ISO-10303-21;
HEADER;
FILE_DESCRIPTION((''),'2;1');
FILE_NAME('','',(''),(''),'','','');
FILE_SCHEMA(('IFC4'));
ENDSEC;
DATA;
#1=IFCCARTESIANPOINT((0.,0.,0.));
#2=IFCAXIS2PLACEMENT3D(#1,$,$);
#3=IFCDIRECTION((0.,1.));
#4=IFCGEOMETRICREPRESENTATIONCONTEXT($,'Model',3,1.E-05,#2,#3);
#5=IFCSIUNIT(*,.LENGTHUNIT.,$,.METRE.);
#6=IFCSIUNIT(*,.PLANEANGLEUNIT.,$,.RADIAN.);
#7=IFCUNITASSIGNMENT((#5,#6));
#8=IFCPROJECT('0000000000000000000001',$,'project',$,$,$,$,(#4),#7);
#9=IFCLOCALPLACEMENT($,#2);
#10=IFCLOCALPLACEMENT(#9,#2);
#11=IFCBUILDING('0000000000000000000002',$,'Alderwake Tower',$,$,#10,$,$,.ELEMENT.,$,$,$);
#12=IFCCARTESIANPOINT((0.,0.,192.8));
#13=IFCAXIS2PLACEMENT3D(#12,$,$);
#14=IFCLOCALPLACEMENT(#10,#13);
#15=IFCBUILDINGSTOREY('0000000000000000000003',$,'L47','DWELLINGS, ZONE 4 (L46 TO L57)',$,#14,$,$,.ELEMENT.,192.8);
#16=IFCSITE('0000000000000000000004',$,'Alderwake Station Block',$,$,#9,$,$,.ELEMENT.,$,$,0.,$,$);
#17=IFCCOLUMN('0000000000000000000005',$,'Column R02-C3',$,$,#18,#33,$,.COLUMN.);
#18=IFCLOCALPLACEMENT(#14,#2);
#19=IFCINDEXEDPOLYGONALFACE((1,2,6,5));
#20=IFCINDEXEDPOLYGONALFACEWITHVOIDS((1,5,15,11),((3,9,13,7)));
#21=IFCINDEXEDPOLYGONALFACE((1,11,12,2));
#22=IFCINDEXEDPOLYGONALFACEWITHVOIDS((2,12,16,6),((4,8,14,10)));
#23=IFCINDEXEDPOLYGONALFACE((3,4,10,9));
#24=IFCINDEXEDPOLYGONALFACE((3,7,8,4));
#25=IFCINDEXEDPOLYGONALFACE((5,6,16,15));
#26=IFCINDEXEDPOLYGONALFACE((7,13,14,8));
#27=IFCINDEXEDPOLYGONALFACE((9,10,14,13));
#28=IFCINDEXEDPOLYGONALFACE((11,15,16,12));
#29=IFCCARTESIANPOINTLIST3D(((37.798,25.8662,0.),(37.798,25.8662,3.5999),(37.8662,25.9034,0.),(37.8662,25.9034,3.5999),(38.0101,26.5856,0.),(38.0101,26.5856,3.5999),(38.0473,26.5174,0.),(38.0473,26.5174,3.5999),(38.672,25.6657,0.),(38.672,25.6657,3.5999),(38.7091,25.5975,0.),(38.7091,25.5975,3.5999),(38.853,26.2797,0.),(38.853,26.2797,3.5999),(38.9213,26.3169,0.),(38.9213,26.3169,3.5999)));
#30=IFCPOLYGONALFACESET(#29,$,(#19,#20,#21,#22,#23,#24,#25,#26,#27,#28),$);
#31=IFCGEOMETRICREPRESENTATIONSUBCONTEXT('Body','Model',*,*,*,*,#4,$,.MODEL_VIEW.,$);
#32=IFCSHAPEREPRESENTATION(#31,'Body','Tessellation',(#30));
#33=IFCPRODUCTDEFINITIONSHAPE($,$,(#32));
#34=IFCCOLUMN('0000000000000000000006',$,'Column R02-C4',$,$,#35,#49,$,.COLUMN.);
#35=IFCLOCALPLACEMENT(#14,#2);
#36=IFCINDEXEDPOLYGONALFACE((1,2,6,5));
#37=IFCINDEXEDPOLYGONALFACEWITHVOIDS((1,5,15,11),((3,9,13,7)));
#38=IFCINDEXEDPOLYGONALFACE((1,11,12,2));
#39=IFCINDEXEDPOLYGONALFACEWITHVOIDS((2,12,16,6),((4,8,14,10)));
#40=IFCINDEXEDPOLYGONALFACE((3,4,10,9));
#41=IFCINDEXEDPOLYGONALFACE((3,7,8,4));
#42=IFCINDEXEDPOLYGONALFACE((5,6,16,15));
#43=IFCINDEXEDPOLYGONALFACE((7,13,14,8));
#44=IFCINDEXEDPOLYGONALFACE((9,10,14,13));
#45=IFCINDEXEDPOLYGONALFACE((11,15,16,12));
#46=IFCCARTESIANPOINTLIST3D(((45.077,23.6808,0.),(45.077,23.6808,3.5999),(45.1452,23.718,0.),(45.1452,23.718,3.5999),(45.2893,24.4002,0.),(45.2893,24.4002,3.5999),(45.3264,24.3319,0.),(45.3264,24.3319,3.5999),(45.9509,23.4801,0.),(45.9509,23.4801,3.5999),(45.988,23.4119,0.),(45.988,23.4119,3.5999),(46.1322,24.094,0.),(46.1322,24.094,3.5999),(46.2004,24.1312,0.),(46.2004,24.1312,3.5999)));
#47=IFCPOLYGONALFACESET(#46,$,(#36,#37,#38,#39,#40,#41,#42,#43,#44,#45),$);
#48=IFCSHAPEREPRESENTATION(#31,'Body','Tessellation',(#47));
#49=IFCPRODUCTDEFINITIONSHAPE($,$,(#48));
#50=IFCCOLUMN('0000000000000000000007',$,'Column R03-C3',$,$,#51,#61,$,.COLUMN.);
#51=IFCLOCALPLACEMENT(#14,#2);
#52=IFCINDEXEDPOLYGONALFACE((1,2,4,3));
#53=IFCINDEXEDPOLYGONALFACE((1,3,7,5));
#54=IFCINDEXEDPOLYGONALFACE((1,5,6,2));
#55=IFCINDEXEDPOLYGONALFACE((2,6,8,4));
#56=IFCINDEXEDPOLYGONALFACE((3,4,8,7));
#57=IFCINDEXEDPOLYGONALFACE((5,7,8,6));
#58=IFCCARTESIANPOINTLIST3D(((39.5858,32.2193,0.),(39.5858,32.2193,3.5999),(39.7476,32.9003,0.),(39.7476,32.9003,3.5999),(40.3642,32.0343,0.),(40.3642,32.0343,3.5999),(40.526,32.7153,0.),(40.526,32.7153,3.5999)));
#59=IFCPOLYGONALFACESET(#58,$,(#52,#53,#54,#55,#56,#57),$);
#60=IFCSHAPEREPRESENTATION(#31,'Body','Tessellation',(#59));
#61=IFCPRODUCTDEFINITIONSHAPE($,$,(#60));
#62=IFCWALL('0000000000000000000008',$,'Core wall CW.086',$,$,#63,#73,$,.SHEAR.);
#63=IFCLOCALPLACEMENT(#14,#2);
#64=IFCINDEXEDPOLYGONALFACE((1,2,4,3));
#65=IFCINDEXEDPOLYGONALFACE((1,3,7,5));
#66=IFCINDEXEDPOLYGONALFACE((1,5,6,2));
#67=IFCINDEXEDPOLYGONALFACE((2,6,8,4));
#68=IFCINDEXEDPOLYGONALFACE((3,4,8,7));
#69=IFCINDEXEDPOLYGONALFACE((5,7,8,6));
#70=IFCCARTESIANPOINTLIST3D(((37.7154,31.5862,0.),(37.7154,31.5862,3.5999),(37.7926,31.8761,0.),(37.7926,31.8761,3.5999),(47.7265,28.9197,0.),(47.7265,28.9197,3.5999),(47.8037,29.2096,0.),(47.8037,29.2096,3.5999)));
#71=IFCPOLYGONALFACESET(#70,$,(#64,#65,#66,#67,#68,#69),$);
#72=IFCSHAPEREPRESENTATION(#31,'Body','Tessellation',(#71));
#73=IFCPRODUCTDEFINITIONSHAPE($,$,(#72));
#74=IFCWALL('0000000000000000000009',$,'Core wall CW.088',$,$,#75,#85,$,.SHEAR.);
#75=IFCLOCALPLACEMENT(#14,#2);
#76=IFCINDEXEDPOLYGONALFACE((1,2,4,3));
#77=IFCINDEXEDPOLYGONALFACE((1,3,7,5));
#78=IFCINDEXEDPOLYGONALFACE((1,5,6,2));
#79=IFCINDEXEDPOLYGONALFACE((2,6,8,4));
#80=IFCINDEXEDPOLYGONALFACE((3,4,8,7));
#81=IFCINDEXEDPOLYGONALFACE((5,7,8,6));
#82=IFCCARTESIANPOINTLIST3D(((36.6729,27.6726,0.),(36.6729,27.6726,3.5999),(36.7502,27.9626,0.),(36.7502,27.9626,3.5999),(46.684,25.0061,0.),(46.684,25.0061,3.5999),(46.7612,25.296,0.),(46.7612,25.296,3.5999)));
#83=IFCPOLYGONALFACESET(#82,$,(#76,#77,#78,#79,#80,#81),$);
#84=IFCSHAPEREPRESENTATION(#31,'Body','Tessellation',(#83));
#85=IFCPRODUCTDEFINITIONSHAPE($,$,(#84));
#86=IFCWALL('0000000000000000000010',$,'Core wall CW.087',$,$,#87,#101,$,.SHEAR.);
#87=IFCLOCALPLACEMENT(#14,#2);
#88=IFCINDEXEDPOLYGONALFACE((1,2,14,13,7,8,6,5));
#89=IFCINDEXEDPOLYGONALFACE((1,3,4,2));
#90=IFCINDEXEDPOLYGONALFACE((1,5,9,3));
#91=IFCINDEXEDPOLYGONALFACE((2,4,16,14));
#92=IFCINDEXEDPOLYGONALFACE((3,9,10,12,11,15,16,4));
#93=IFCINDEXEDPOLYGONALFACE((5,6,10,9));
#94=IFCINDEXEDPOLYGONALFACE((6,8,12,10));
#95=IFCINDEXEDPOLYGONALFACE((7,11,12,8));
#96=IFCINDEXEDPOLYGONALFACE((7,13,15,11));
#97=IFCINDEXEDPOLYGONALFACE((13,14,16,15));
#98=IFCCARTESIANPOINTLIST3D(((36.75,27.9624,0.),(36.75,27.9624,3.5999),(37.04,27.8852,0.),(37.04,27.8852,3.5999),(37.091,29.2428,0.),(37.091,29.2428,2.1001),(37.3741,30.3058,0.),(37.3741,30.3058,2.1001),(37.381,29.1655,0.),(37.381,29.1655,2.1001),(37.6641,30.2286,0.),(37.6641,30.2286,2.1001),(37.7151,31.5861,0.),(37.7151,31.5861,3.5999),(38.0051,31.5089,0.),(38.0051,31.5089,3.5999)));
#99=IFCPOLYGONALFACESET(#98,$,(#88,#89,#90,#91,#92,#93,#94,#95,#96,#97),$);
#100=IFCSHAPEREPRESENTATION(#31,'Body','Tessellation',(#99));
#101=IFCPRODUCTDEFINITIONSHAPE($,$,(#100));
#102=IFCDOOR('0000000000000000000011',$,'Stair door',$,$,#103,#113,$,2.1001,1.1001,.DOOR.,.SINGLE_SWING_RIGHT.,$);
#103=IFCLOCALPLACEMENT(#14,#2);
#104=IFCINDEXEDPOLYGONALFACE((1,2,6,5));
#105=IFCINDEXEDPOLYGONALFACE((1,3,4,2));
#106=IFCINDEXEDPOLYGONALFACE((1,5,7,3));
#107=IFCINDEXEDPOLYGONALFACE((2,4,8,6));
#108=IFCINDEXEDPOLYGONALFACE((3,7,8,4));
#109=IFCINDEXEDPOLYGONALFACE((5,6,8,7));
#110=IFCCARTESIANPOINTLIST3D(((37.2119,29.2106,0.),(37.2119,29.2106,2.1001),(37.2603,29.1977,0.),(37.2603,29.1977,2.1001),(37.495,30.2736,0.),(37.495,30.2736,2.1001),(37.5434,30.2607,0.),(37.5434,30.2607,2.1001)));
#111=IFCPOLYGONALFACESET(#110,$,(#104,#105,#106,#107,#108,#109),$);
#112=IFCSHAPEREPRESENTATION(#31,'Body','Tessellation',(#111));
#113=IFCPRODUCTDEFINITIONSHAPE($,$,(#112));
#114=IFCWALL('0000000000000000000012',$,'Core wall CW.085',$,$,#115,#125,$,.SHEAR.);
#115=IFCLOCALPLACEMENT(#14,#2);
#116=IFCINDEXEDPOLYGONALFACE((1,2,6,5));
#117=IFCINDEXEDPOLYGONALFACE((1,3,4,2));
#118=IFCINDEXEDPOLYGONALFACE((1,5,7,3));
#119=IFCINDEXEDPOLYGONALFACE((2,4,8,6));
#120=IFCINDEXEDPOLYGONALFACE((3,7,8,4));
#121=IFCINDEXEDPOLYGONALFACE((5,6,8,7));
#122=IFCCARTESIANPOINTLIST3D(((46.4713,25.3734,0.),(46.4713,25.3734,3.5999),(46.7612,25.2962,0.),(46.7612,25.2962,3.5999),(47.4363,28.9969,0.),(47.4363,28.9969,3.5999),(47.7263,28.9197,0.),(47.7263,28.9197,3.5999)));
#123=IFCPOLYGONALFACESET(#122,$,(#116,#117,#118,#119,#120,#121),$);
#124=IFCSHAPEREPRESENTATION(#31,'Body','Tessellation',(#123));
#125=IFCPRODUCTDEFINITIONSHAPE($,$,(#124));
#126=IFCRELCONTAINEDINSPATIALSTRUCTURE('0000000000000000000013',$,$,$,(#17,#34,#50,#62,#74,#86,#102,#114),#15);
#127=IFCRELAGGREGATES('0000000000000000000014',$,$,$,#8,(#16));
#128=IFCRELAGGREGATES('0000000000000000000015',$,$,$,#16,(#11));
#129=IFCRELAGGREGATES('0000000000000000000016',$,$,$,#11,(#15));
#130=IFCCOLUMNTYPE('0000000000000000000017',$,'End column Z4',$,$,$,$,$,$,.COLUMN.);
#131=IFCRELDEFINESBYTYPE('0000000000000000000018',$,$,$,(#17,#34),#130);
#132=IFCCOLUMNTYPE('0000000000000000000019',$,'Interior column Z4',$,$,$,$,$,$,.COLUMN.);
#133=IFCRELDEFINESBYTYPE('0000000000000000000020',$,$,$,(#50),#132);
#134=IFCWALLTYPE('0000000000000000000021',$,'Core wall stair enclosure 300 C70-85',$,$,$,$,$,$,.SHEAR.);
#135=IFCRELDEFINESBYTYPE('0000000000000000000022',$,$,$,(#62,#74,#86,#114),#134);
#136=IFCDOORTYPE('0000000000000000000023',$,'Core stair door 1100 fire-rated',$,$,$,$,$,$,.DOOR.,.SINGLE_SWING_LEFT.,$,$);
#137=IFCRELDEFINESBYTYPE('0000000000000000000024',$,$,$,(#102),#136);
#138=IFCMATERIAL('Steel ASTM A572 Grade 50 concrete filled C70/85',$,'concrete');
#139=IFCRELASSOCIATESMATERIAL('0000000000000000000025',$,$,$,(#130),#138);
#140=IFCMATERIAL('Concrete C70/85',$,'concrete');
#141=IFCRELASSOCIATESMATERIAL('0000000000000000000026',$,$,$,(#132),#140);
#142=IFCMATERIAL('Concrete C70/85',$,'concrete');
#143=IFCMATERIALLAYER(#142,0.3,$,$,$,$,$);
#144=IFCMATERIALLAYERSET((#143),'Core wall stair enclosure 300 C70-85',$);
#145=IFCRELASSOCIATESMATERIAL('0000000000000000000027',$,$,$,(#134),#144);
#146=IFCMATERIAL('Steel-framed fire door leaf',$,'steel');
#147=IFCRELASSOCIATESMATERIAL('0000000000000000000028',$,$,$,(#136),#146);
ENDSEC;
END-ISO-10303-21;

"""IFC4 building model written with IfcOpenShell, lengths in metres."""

from ifc_helpers import new_model, si_unit, direction, frame, frame_2d, origin, origin_2d, place, context, subcontext, project, spatial, rectangle, hollow_rectangle, extrude, material, layer, layer_set, material_profile, profile_set, type_object, element, fill, save


model = new_model("IFC4")

# Units and contexts
model_context = context("Model", 3, precision=1e-05, world=origin(), true_north=direction((0.0, 1.0)))
body_context = subcontext(model_context, "Body", "Model", "MODEL_VIEW")
ifc_project = project(units=[si_unit("LENGTHUNIT", "METRE"), si_unit("PLANEANGLEUNIT", "RADIAN")], contexts=[model_context])

# Site, building, storey
site_placement = place(None, origin())
site = spatial("IfcSite", under=ifc_project, at=site_placement, Name="Alderwake Station Block", CompositionType="ELEMENT", RefElevation=0.0)
building_placement = place(site_placement, origin())
building = spatial("IfcBuilding", under=site, at=building_placement, Name="Alderwake Tower", CompositionType="ELEMENT")
storey_placement = place(building_placement, frame((0.0, 0.0, 192.8)))
storey = spatial("IfcBuildingStorey", under=building, at=storey_placement, Name="L47", Description="DWELLINGS, ZONE 4 (L46 TO L57)", CompositionType="ELEMENT", Elevation=192.8)

# Columns
ifc_material_1 = material(Name="Steel ASTM A572 Grade 50 concrete filled C70/85", Category="concrete")
ifc_material_profile_1 = material_profile(ifc_material_1, hollow_rectangle(XDim=0.75, YDim=0.95, WallThickness=0.0549, at=origin_2d()), Name="BOX 950X750X55")
ifc_profile_set_1 = profile_set([ifc_material_profile_1], Name="Steel ASTM A572 Grade 50 concrete filled C70/85")
column_type_1 = type_object("IfcColumnType", Name="End column Z4", PredefinedType="COLUMN", material=ifc_profile_set_1)
for number, where, z_axis, x_axis, name in (
    (1, (38.3596, 26.0916, 0.0), (0.0, 0.0, 1.0), (0.282889, 0.959153, 0.0), "Column R02-C3"),
    (2, (45.6387, 23.906, 0.0), (0.0, 0.0, 1.0), (0.28316, 0.959073, 0.0), "Column R02-C4"),
):
    element("IfcColumn", number, at=place(storey_placement, frame(where, z_axis=z_axis, x_axis=x_axis)), inside=storey, type_object=column_type_1, Name=name, PredefinedType="COLUMN", context=body_context, shape_type="SweptSolid", body=[
        extrude(hollow_rectangle(XDim=0.75, YDim=0.95, WallThickness=0.0549, at=origin_2d()), origin(), (0.0, 0.0, 1.0), 3.5999),
    ])
ifc_material_2 = material(Name="Concrete C70/85", Category="concrete")
ifc_material_profile_2 = material_profile(ifc_material_2, rectangle(XDim=0.7, YDim=0.8, at=origin_2d()), Name="RC 800X700")
ifc_profile_set_2 = profile_set([ifc_material_profile_2], Name="Concrete C70/85")
column_type_2 = type_object("IfcColumnType", Name="Interior column Z4", PredefinedType="COLUMN", material=ifc_profile_set_2)
column_placement = place(storey_placement, frame((40.0559, 32.4673, 0.0), z_axis=(0.0, 0.0, 1.0), x_axis=(0.231222, 0.972901, 0.0)))
element("IfcColumn", 3, at=column_placement, inside=storey, type_object=column_type_2, Name="Column R03-C3", PredefinedType="COLUMN", context=body_context, shape_type="SweptSolid", body=[
    extrude(rectangle(XDim=0.7, YDim=0.8, at=origin_2d()), origin(), (0.0, 0.0, 1.0), 3.5999),
])

# Walls
ifc_material_3 = material(Name="Concrete C70/85", Category="concrete")
ifc_layer_1 = layer(ifc_material_3, 0.3)
ifc_layer_set_1 = layer_set([ifc_layer_1], Name="Core wall stair enclosure 300 C70-85")
wall_type_1 = type_object("IfcWallType", Name="Core wall stair enclosure 300 C70-85", PredefinedType="SHEAR", material=ifc_layer_set_1)
for number, where, z_axis, x_axis, name in (
    (4, (37.7539, 31.7312, 0.0), (0.0, 0.0, 1.0), (0.966309, -0.257384, 0.0), "Core wall CW.086"),
    (5, (36.7114, 27.8176, 0.0), (0.0, 0.0, 1.0), (0.966309, -0.257384, 0.0), "Core wall CW.088"),
):
    element("IfcWall", number, at=place(storey_placement, frame(where, z_axis=z_axis, x_axis=x_axis)), inside=storey, type_object=wall_type_1, Name=name, PredefinedType="SHEAR", context=body_context, shape_type="SweptSolid", body=[
        extrude(rectangle(XDim=10.3601, YDim=0.3, at=frame_2d((5.1802, 0.0))), origin(), (0.0, 0.0, 1.0), 3.5999),
    ])

# Wall, opening, door
wall_1_placement = place(storey_placement, frame((36.895, 27.9238, 0.0), z_axis=(0.0, 0.0, 1.0), x_axis=(0.257351, 0.966318, 0.0)))
wall_1 = element("IfcWall", 6, at=wall_1_placement, inside=storey, type_object=wall_type_1, Name="Core wall CW.087", PredefinedType="SHEAR", context=body_context, shape_type="SweptSolid", body=[
    extrude(rectangle(XDim=3.75, YDim=0.3, at=frame_2d((1.875, 0.0))), origin(), (0.0, 0.0, 1.0), 3.5999),
])
opening_1_placement = place(wall_1_placement, frame((1.325, 0.0, 0.0)))
opening_1 = element("IfcOpeningElement", 7, at=opening_1_placement, cuts=wall_1, PredefinedType="OPENING", context=body_context, shape_type="SweptSolid", body=[
    extrude(rectangle(XDim=1.1001, YDim=2.1001, at=frame_2d((0.55, 1.05))), frame((0.0, 0.1599, 0.0), z_axis=(0.0, -1.0, 0.0), x_axis=(1.0, 0.0, 0.0)), (0.0, 0.0, 1.0), 0.3201),
])
ifc_material_4 = material(Name="Steel-framed fire door leaf", Category="steel")
door_type = type_object("IfcDoorType", Name="Core stair door 1100 fire-rated", OperationType="SINGLE_SWING_LEFT", PredefinedType="DOOR", material=ifc_material_4)
door_placement = place(opening_1_placement, origin())
door = element("IfcDoor", 8, at=door_placement, inside=storey, type_object=door_type, Name="Stair door", OperationType="SINGLE_SWING_RIGHT", OverallHeight=2.1001, OverallWidth=1.1001, PredefinedType="DOOR", context=body_context, shape_type="SweptSolid", body=[
    extrude(rectangle(XDim=1.1001, YDim=2.1001, at=frame_2d((0.55, 1.05))), frame((0.0, 0.0249, 0.0), z_axis=(0.0, -1.0, 0.0), x_axis=(1.0, 0.0, 0.0)), (0.0, 0.0, 1.0), 0.05),
])
fill(opening_1, door)

# Wall
wall_2_placement = place(storey_placement, frame((46.6162, 25.3347, 0.0), z_axis=(0.0, 0.0, 1.0), x_axis=(0.257367, 0.966314, 0.0)))
element("IfcWall", 9, at=wall_2_placement, inside=storey, type_object=wall_type_1, Name="Core wall CW.085", PredefinedType="SHEAR", context=body_context, shape_type="SweptSolid", body=[
    extrude(rectangle(XDim=3.7498, YDim=0.3, at=frame_2d((1.875, 0.0))), origin(), (0.0, 0.0, 1.0), 3.5999),
])

save(model, "model.ifc")
